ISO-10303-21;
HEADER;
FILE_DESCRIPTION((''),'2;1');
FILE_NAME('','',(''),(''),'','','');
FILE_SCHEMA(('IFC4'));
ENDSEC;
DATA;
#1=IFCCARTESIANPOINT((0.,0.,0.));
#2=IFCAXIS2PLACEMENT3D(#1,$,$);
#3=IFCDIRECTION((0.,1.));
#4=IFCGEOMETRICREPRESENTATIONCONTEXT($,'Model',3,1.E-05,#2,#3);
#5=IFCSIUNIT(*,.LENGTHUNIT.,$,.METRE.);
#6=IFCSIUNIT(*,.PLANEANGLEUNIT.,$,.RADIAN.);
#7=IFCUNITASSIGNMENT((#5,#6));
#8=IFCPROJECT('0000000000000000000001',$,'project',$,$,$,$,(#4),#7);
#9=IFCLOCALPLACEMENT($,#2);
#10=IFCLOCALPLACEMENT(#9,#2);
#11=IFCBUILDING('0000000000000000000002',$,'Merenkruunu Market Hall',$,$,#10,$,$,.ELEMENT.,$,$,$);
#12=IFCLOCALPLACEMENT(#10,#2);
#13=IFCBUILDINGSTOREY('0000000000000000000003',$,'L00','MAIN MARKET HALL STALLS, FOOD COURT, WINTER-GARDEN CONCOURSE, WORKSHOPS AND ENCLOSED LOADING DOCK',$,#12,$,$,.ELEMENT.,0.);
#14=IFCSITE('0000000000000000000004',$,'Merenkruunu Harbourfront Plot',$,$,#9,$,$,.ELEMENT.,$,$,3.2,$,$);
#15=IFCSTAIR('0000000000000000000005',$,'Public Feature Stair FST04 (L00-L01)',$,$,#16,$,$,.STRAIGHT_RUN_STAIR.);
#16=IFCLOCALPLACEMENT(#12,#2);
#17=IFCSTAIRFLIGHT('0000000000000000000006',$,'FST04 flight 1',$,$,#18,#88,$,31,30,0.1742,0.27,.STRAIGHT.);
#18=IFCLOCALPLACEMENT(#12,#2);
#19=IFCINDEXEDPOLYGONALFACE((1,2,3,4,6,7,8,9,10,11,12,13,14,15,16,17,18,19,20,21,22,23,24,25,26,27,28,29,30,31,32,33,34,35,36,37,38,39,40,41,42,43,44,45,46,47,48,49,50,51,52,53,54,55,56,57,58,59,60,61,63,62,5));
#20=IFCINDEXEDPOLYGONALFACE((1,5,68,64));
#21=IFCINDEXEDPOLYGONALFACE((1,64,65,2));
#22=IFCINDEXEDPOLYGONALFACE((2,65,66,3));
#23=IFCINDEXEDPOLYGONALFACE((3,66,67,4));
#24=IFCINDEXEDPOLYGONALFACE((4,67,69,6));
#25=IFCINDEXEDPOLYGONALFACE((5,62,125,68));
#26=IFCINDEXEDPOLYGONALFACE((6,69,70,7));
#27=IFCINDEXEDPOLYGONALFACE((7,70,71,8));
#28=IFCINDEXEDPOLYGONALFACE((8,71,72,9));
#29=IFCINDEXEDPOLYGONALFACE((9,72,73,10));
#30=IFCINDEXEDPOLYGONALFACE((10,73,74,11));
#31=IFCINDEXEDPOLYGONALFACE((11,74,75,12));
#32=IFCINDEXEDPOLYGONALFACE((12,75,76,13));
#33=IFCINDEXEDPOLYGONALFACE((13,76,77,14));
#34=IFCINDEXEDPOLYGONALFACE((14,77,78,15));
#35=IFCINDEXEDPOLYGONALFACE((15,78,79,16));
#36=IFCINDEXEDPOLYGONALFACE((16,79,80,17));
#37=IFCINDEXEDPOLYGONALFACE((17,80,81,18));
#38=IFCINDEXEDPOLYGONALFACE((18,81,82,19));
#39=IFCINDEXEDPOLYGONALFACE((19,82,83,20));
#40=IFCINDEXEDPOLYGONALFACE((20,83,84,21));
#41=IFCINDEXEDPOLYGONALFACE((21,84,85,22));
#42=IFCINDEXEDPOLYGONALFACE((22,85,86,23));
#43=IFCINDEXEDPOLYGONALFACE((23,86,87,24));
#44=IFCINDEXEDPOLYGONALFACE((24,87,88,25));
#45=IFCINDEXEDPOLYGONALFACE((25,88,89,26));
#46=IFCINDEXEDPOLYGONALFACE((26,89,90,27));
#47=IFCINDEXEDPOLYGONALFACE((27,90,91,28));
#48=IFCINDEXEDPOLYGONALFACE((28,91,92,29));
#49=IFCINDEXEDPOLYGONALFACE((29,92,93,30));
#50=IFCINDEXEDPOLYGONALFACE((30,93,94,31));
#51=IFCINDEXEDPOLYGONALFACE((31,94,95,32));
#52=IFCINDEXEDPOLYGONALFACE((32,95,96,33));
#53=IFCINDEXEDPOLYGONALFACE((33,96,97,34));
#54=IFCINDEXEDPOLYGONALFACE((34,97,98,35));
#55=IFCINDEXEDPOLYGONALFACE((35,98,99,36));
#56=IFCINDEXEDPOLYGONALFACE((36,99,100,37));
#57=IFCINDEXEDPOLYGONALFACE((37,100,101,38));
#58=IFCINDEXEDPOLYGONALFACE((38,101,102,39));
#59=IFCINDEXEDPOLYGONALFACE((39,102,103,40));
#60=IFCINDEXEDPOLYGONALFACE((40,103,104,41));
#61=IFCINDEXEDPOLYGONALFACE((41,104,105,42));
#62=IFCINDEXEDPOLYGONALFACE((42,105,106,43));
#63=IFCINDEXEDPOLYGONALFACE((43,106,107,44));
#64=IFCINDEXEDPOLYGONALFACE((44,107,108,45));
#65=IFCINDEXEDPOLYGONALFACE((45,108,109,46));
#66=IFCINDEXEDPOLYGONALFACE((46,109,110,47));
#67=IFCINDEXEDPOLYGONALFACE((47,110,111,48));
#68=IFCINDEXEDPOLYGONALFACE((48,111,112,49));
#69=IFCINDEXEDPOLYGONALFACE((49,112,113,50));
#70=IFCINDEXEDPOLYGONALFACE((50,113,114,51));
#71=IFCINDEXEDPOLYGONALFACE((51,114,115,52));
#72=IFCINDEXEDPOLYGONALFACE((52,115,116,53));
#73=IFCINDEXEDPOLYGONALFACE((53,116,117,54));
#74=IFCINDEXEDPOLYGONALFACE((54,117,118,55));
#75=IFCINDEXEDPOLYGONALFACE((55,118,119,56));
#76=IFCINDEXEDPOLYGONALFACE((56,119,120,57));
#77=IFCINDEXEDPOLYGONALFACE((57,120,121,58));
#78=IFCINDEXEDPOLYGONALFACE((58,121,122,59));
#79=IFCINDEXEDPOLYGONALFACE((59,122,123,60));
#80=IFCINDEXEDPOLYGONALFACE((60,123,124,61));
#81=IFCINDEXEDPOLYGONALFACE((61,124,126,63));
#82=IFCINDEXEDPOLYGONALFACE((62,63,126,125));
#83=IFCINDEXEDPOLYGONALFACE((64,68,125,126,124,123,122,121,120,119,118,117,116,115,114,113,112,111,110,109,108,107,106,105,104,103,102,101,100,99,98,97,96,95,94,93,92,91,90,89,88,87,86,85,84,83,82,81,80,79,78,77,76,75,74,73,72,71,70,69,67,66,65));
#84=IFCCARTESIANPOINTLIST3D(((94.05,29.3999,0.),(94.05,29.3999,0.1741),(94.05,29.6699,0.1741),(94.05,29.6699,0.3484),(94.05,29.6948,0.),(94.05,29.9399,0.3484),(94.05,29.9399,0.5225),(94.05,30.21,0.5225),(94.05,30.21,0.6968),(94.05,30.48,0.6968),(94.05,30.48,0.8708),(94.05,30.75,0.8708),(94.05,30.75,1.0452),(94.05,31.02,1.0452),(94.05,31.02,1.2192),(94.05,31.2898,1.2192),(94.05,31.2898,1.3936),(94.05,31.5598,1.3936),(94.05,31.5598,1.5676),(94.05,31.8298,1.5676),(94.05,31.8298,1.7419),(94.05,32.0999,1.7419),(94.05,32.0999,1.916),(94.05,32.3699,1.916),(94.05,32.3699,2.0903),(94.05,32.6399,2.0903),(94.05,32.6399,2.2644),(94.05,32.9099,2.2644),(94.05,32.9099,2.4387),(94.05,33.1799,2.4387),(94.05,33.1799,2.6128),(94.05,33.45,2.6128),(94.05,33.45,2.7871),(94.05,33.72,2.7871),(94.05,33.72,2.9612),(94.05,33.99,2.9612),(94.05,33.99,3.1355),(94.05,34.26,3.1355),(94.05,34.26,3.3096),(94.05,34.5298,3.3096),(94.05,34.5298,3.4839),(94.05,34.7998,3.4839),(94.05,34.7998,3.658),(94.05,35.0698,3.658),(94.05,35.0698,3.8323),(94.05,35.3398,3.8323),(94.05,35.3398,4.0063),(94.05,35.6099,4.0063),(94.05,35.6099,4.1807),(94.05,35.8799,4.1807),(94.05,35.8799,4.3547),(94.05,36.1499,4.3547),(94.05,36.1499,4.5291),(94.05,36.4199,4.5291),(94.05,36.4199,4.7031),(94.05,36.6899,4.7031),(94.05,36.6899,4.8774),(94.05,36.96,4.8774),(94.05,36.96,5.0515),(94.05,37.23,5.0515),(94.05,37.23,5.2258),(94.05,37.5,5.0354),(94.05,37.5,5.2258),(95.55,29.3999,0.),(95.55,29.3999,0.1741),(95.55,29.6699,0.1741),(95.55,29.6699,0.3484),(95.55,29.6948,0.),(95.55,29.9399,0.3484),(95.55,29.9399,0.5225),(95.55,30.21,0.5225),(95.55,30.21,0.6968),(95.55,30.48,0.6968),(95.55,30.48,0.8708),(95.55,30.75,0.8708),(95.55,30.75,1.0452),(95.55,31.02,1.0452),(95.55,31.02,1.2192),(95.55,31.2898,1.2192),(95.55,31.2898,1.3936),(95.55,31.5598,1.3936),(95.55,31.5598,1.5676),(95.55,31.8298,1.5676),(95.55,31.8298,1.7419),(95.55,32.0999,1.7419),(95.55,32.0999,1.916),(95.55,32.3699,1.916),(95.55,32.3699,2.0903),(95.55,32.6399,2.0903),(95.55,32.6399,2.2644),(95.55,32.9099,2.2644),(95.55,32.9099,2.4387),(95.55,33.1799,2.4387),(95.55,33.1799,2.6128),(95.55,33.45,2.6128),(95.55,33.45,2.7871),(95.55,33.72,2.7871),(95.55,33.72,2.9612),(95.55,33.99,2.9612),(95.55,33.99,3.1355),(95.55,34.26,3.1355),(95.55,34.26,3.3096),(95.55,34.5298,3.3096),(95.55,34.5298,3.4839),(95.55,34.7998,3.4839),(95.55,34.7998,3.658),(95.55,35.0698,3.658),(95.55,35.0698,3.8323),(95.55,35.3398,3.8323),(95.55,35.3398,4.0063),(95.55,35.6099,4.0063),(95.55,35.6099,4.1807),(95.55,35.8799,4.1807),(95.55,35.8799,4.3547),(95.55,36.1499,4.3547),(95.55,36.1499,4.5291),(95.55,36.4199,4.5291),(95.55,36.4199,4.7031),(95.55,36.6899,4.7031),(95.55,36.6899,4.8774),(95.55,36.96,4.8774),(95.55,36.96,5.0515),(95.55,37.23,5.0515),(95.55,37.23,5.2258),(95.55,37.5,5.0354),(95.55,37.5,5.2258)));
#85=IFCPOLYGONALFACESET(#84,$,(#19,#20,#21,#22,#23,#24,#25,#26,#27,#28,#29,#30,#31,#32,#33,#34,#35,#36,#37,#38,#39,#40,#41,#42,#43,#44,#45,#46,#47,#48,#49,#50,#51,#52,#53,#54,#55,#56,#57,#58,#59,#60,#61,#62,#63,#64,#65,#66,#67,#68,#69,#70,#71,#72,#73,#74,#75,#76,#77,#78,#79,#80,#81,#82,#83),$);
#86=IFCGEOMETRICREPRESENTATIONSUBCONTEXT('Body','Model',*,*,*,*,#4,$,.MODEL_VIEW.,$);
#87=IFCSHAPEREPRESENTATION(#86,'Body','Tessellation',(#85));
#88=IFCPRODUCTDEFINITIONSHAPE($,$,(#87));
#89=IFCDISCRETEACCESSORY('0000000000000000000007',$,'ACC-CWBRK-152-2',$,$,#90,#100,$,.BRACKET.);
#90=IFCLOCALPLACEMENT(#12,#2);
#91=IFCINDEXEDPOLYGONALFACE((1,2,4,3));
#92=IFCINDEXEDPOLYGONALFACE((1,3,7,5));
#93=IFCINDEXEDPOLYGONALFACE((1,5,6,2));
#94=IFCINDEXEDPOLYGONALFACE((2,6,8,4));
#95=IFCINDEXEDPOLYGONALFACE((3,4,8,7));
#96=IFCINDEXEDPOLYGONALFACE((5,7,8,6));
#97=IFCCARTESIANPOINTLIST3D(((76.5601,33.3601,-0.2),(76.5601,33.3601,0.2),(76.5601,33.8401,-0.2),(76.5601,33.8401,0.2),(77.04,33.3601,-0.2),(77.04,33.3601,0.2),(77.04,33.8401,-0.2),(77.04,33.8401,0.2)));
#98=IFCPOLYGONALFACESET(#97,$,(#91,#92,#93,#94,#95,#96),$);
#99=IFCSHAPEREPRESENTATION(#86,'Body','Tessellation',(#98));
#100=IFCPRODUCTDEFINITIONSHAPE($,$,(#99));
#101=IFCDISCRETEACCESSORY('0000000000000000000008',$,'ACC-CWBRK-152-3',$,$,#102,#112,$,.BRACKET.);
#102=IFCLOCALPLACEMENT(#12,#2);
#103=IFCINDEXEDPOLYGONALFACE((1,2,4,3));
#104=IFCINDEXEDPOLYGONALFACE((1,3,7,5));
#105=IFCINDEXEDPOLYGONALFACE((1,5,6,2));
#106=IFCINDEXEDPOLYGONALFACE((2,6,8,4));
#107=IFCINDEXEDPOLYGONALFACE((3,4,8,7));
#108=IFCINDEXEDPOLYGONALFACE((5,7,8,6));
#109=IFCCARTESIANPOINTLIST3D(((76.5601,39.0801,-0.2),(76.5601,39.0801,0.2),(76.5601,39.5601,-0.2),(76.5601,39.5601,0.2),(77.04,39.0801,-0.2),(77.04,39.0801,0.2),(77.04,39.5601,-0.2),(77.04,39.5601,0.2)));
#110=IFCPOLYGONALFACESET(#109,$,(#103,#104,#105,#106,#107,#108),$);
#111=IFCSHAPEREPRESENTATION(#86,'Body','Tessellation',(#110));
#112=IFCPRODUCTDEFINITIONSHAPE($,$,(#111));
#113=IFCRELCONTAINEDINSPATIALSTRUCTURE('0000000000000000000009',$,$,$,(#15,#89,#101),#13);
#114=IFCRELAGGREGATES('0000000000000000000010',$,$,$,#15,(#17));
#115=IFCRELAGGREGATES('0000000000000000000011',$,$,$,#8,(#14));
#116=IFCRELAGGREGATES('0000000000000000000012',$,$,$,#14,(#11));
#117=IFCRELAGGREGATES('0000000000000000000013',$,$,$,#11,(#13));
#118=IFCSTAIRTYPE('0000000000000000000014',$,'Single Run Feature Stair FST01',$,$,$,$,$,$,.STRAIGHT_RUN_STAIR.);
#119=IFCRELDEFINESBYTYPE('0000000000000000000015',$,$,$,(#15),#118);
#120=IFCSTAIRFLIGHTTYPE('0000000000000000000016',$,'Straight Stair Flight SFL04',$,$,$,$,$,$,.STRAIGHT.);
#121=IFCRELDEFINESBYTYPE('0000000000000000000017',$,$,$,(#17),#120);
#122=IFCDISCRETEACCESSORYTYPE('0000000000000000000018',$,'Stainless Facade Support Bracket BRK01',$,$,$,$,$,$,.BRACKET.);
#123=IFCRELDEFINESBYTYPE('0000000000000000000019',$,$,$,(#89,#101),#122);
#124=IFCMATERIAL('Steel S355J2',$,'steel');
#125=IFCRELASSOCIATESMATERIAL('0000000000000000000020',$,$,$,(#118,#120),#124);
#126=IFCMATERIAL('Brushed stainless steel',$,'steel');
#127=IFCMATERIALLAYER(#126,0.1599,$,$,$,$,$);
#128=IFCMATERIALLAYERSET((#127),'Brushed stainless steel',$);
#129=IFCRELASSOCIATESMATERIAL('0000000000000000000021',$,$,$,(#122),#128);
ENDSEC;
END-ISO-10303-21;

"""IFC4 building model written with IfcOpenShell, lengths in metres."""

from ifc_helpers import new_model, si_unit, direction, frame, origin, origin_2d, place, context, subcontext, project, spatial, polyline, rectangle, outline, extrude, material, layer, layer_set, type_object, element, aggregate, save


model = new_model("IFC4")

# Units and contexts
model_context = context("Model", 3, precision=1e-05, world=origin(), true_north=direction((0.0, 1.0)))
body_context = subcontext(model_context, "Body", "Model", "MODEL_VIEW")
ifc_project = project(units=[si_unit("LENGTHUNIT", "METRE"), si_unit("PLANEANGLEUNIT", "RADIAN")], contexts=[model_context])

# Site, building, storey
site_placement = place(None, origin())
site = spatial("IfcSite", under=ifc_project, at=site_placement, Name="Merenkruunu Harbourfront Plot", CompositionType="ELEMENT", RefElevation=3.2)
building_placement = place(site_placement, origin())
building = spatial("IfcBuilding", under=site, at=building_placement, Name="Merenkruunu Market Hall", CompositionType="ELEMENT")
storey_placement = place(building_placement, origin())
storey = spatial("IfcBuildingStorey", under=building, at=storey_placement, Name="L00", Description="MAIN MARKET HALL STALLS, FOOD COURT, WINTER-GARDEN CONCOURSE, WORKSHOPS AND ENCLOSED LOADING DOCK", CompositionType="ELEMENT", Elevation=0.0)

# Shared definitions
ifc_material_1 = material(Name="Steel S355J2", Category="steel")

# Stair, stair flight
stair_type = type_object("IfcStairType", Name="Single Run Feature Stair FST01", PredefinedType="STRAIGHT_RUN_STAIR", material=ifc_material_1)
stair_placement = place(storey_placement, origin())
stair = element("IfcStair", 1, at=stair_placement, inside=storey, type_object=stair_type, Name="Public Feature Stair FST04 (L00-L01)", PredefinedType="STRAIGHT_RUN_STAIR")
stair_flight_type = type_object("IfcStairFlightType", Name="Straight Stair Flight SFL04", PredefinedType="STRAIGHT", material=ifc_material_1)
stair_flight_placement = place(storey_placement, frame((94.8, 29.3999, 0.0), z_axis=(0.0, 0.0, 1.0), x_axis=(0.0, 1.0, 0.0)))
stair_flight = element("IfcStairFlight", 2, at=stair_flight_placement, type_object=stair_flight_type, Name="FST04 flight 1", NumberOfRisers=31, NumberOfTreads=30, PredefinedType="STRAIGHT", RiserHeight=0.1742, TreadLength=0.27, context=body_context, shape_type="SweptSolid", body=[
    extrude(outline(polyline([(0.0, 0.0), (0.0, 0.1741), (0.27, 0.1741), (0.27, 0.3484), (0.54, 0.3484), (0.54, 0.5225), (0.8101, 0.5225), (0.8101, 0.6968), (1.0801, 0.6968), (1.0801, 0.8708), (1.3501, 0.8708), (1.3501, 1.0452), (1.6201, 1.0452), (1.6201, 1.2192), (1.8899, 1.2192), (1.8899, 1.3936), (2.1599, 1.3936), (2.1599, 1.5676), (2.4299, 1.5676), (2.4299, 1.7419), (2.7, 1.7419), (2.7, 1.916), (2.97, 1.916), (2.97, 2.0903), (3.24, 2.0903), (3.24, 2.2644), (3.51, 2.2644), (3.51, 2.4387), (3.78, 2.4387), (3.78, 2.6128), (4.05, 2.6128), (4.05, 2.7871), (4.3201, 2.7871), (4.3201, 2.9612), (4.5901, 2.9612), (4.5901, 3.1355), (4.8601, 3.1355), (4.8601, 3.3096), (5.1299, 3.3096), (5.1299, 3.4839), (5.3999, 3.4839), (5.3999, 3.658), (5.6699, 3.658), (5.6699, 3.8323), (5.9399, 3.8323), (5.9399, 4.0063), (6.21, 4.0063), (6.21, 4.1807), (6.48, 4.1807), (6.48, 4.3547), (6.75, 4.3547), (6.75, 4.5291), (7.02, 4.5291), (7.02, 4.7031), (7.29, 4.7031), (7.29, 4.8774), (7.5601, 4.8774), (7.5601, 5.0515), (7.8301, 5.0515), (7.8301, 5.2258), (8.1001, 5.2258), (8.1001, 5.3999), (8.1001, 5.0354), (0.2949, 0.0), (0.0, 0.0)])), frame((0.0, 0.75, 0.0), z_axis=(0.0, -1.0, 0.0), x_axis=(1.0, 0.0, 0.0)), (0.0, 0.0, 1.0), 1.5),
])
aggregate(stair, [stair_flight])

# Shared definitions
ifc_material_2 = material(Name="Brushed stainless steel", Category="steel")

# Discrete accessories
ifc_layer_1 = layer(ifc_material_2, 0.1599)
ifc_layer_set_1 = layer_set([ifc_layer_1], Name="Brushed stainless steel")
discrete_accessory_type = type_object("IfcDiscreteAccessoryType", Name="Stainless Facade Support Bracket BRK01", PredefinedType="BRACKET", material=ifc_layer_set_1)
for number, where, z_axis, x_axis, name in (
    (3, (76.8, 33.6001, -0.2), (0.0, 0.0, 1.0), (1.0, 0.0, 0.0), "ACC-CWBRK-152-2"),
    (4, (76.8, 39.3201, -0.2), (0.0, 0.0, 1.0), (1.0, 0.0, 0.0), "ACC-CWBRK-152-3"),
):
    element("IfcDiscreteAccessory", number, at=place(storey_placement, frame(where, z_axis=z_axis, x_axis=x_axis)), inside=storey, type_object=discrete_accessory_type, Name=name, PredefinedType="BRACKET", context=body_context, shape_type="SweptSolid", body=[
        extrude(rectangle(XDim=0.48, YDim=0.48, at=origin_2d()), origin(), (0.0, 0.0, 1.0), 0.3999),
    ])

save(model, "model.ifc")
